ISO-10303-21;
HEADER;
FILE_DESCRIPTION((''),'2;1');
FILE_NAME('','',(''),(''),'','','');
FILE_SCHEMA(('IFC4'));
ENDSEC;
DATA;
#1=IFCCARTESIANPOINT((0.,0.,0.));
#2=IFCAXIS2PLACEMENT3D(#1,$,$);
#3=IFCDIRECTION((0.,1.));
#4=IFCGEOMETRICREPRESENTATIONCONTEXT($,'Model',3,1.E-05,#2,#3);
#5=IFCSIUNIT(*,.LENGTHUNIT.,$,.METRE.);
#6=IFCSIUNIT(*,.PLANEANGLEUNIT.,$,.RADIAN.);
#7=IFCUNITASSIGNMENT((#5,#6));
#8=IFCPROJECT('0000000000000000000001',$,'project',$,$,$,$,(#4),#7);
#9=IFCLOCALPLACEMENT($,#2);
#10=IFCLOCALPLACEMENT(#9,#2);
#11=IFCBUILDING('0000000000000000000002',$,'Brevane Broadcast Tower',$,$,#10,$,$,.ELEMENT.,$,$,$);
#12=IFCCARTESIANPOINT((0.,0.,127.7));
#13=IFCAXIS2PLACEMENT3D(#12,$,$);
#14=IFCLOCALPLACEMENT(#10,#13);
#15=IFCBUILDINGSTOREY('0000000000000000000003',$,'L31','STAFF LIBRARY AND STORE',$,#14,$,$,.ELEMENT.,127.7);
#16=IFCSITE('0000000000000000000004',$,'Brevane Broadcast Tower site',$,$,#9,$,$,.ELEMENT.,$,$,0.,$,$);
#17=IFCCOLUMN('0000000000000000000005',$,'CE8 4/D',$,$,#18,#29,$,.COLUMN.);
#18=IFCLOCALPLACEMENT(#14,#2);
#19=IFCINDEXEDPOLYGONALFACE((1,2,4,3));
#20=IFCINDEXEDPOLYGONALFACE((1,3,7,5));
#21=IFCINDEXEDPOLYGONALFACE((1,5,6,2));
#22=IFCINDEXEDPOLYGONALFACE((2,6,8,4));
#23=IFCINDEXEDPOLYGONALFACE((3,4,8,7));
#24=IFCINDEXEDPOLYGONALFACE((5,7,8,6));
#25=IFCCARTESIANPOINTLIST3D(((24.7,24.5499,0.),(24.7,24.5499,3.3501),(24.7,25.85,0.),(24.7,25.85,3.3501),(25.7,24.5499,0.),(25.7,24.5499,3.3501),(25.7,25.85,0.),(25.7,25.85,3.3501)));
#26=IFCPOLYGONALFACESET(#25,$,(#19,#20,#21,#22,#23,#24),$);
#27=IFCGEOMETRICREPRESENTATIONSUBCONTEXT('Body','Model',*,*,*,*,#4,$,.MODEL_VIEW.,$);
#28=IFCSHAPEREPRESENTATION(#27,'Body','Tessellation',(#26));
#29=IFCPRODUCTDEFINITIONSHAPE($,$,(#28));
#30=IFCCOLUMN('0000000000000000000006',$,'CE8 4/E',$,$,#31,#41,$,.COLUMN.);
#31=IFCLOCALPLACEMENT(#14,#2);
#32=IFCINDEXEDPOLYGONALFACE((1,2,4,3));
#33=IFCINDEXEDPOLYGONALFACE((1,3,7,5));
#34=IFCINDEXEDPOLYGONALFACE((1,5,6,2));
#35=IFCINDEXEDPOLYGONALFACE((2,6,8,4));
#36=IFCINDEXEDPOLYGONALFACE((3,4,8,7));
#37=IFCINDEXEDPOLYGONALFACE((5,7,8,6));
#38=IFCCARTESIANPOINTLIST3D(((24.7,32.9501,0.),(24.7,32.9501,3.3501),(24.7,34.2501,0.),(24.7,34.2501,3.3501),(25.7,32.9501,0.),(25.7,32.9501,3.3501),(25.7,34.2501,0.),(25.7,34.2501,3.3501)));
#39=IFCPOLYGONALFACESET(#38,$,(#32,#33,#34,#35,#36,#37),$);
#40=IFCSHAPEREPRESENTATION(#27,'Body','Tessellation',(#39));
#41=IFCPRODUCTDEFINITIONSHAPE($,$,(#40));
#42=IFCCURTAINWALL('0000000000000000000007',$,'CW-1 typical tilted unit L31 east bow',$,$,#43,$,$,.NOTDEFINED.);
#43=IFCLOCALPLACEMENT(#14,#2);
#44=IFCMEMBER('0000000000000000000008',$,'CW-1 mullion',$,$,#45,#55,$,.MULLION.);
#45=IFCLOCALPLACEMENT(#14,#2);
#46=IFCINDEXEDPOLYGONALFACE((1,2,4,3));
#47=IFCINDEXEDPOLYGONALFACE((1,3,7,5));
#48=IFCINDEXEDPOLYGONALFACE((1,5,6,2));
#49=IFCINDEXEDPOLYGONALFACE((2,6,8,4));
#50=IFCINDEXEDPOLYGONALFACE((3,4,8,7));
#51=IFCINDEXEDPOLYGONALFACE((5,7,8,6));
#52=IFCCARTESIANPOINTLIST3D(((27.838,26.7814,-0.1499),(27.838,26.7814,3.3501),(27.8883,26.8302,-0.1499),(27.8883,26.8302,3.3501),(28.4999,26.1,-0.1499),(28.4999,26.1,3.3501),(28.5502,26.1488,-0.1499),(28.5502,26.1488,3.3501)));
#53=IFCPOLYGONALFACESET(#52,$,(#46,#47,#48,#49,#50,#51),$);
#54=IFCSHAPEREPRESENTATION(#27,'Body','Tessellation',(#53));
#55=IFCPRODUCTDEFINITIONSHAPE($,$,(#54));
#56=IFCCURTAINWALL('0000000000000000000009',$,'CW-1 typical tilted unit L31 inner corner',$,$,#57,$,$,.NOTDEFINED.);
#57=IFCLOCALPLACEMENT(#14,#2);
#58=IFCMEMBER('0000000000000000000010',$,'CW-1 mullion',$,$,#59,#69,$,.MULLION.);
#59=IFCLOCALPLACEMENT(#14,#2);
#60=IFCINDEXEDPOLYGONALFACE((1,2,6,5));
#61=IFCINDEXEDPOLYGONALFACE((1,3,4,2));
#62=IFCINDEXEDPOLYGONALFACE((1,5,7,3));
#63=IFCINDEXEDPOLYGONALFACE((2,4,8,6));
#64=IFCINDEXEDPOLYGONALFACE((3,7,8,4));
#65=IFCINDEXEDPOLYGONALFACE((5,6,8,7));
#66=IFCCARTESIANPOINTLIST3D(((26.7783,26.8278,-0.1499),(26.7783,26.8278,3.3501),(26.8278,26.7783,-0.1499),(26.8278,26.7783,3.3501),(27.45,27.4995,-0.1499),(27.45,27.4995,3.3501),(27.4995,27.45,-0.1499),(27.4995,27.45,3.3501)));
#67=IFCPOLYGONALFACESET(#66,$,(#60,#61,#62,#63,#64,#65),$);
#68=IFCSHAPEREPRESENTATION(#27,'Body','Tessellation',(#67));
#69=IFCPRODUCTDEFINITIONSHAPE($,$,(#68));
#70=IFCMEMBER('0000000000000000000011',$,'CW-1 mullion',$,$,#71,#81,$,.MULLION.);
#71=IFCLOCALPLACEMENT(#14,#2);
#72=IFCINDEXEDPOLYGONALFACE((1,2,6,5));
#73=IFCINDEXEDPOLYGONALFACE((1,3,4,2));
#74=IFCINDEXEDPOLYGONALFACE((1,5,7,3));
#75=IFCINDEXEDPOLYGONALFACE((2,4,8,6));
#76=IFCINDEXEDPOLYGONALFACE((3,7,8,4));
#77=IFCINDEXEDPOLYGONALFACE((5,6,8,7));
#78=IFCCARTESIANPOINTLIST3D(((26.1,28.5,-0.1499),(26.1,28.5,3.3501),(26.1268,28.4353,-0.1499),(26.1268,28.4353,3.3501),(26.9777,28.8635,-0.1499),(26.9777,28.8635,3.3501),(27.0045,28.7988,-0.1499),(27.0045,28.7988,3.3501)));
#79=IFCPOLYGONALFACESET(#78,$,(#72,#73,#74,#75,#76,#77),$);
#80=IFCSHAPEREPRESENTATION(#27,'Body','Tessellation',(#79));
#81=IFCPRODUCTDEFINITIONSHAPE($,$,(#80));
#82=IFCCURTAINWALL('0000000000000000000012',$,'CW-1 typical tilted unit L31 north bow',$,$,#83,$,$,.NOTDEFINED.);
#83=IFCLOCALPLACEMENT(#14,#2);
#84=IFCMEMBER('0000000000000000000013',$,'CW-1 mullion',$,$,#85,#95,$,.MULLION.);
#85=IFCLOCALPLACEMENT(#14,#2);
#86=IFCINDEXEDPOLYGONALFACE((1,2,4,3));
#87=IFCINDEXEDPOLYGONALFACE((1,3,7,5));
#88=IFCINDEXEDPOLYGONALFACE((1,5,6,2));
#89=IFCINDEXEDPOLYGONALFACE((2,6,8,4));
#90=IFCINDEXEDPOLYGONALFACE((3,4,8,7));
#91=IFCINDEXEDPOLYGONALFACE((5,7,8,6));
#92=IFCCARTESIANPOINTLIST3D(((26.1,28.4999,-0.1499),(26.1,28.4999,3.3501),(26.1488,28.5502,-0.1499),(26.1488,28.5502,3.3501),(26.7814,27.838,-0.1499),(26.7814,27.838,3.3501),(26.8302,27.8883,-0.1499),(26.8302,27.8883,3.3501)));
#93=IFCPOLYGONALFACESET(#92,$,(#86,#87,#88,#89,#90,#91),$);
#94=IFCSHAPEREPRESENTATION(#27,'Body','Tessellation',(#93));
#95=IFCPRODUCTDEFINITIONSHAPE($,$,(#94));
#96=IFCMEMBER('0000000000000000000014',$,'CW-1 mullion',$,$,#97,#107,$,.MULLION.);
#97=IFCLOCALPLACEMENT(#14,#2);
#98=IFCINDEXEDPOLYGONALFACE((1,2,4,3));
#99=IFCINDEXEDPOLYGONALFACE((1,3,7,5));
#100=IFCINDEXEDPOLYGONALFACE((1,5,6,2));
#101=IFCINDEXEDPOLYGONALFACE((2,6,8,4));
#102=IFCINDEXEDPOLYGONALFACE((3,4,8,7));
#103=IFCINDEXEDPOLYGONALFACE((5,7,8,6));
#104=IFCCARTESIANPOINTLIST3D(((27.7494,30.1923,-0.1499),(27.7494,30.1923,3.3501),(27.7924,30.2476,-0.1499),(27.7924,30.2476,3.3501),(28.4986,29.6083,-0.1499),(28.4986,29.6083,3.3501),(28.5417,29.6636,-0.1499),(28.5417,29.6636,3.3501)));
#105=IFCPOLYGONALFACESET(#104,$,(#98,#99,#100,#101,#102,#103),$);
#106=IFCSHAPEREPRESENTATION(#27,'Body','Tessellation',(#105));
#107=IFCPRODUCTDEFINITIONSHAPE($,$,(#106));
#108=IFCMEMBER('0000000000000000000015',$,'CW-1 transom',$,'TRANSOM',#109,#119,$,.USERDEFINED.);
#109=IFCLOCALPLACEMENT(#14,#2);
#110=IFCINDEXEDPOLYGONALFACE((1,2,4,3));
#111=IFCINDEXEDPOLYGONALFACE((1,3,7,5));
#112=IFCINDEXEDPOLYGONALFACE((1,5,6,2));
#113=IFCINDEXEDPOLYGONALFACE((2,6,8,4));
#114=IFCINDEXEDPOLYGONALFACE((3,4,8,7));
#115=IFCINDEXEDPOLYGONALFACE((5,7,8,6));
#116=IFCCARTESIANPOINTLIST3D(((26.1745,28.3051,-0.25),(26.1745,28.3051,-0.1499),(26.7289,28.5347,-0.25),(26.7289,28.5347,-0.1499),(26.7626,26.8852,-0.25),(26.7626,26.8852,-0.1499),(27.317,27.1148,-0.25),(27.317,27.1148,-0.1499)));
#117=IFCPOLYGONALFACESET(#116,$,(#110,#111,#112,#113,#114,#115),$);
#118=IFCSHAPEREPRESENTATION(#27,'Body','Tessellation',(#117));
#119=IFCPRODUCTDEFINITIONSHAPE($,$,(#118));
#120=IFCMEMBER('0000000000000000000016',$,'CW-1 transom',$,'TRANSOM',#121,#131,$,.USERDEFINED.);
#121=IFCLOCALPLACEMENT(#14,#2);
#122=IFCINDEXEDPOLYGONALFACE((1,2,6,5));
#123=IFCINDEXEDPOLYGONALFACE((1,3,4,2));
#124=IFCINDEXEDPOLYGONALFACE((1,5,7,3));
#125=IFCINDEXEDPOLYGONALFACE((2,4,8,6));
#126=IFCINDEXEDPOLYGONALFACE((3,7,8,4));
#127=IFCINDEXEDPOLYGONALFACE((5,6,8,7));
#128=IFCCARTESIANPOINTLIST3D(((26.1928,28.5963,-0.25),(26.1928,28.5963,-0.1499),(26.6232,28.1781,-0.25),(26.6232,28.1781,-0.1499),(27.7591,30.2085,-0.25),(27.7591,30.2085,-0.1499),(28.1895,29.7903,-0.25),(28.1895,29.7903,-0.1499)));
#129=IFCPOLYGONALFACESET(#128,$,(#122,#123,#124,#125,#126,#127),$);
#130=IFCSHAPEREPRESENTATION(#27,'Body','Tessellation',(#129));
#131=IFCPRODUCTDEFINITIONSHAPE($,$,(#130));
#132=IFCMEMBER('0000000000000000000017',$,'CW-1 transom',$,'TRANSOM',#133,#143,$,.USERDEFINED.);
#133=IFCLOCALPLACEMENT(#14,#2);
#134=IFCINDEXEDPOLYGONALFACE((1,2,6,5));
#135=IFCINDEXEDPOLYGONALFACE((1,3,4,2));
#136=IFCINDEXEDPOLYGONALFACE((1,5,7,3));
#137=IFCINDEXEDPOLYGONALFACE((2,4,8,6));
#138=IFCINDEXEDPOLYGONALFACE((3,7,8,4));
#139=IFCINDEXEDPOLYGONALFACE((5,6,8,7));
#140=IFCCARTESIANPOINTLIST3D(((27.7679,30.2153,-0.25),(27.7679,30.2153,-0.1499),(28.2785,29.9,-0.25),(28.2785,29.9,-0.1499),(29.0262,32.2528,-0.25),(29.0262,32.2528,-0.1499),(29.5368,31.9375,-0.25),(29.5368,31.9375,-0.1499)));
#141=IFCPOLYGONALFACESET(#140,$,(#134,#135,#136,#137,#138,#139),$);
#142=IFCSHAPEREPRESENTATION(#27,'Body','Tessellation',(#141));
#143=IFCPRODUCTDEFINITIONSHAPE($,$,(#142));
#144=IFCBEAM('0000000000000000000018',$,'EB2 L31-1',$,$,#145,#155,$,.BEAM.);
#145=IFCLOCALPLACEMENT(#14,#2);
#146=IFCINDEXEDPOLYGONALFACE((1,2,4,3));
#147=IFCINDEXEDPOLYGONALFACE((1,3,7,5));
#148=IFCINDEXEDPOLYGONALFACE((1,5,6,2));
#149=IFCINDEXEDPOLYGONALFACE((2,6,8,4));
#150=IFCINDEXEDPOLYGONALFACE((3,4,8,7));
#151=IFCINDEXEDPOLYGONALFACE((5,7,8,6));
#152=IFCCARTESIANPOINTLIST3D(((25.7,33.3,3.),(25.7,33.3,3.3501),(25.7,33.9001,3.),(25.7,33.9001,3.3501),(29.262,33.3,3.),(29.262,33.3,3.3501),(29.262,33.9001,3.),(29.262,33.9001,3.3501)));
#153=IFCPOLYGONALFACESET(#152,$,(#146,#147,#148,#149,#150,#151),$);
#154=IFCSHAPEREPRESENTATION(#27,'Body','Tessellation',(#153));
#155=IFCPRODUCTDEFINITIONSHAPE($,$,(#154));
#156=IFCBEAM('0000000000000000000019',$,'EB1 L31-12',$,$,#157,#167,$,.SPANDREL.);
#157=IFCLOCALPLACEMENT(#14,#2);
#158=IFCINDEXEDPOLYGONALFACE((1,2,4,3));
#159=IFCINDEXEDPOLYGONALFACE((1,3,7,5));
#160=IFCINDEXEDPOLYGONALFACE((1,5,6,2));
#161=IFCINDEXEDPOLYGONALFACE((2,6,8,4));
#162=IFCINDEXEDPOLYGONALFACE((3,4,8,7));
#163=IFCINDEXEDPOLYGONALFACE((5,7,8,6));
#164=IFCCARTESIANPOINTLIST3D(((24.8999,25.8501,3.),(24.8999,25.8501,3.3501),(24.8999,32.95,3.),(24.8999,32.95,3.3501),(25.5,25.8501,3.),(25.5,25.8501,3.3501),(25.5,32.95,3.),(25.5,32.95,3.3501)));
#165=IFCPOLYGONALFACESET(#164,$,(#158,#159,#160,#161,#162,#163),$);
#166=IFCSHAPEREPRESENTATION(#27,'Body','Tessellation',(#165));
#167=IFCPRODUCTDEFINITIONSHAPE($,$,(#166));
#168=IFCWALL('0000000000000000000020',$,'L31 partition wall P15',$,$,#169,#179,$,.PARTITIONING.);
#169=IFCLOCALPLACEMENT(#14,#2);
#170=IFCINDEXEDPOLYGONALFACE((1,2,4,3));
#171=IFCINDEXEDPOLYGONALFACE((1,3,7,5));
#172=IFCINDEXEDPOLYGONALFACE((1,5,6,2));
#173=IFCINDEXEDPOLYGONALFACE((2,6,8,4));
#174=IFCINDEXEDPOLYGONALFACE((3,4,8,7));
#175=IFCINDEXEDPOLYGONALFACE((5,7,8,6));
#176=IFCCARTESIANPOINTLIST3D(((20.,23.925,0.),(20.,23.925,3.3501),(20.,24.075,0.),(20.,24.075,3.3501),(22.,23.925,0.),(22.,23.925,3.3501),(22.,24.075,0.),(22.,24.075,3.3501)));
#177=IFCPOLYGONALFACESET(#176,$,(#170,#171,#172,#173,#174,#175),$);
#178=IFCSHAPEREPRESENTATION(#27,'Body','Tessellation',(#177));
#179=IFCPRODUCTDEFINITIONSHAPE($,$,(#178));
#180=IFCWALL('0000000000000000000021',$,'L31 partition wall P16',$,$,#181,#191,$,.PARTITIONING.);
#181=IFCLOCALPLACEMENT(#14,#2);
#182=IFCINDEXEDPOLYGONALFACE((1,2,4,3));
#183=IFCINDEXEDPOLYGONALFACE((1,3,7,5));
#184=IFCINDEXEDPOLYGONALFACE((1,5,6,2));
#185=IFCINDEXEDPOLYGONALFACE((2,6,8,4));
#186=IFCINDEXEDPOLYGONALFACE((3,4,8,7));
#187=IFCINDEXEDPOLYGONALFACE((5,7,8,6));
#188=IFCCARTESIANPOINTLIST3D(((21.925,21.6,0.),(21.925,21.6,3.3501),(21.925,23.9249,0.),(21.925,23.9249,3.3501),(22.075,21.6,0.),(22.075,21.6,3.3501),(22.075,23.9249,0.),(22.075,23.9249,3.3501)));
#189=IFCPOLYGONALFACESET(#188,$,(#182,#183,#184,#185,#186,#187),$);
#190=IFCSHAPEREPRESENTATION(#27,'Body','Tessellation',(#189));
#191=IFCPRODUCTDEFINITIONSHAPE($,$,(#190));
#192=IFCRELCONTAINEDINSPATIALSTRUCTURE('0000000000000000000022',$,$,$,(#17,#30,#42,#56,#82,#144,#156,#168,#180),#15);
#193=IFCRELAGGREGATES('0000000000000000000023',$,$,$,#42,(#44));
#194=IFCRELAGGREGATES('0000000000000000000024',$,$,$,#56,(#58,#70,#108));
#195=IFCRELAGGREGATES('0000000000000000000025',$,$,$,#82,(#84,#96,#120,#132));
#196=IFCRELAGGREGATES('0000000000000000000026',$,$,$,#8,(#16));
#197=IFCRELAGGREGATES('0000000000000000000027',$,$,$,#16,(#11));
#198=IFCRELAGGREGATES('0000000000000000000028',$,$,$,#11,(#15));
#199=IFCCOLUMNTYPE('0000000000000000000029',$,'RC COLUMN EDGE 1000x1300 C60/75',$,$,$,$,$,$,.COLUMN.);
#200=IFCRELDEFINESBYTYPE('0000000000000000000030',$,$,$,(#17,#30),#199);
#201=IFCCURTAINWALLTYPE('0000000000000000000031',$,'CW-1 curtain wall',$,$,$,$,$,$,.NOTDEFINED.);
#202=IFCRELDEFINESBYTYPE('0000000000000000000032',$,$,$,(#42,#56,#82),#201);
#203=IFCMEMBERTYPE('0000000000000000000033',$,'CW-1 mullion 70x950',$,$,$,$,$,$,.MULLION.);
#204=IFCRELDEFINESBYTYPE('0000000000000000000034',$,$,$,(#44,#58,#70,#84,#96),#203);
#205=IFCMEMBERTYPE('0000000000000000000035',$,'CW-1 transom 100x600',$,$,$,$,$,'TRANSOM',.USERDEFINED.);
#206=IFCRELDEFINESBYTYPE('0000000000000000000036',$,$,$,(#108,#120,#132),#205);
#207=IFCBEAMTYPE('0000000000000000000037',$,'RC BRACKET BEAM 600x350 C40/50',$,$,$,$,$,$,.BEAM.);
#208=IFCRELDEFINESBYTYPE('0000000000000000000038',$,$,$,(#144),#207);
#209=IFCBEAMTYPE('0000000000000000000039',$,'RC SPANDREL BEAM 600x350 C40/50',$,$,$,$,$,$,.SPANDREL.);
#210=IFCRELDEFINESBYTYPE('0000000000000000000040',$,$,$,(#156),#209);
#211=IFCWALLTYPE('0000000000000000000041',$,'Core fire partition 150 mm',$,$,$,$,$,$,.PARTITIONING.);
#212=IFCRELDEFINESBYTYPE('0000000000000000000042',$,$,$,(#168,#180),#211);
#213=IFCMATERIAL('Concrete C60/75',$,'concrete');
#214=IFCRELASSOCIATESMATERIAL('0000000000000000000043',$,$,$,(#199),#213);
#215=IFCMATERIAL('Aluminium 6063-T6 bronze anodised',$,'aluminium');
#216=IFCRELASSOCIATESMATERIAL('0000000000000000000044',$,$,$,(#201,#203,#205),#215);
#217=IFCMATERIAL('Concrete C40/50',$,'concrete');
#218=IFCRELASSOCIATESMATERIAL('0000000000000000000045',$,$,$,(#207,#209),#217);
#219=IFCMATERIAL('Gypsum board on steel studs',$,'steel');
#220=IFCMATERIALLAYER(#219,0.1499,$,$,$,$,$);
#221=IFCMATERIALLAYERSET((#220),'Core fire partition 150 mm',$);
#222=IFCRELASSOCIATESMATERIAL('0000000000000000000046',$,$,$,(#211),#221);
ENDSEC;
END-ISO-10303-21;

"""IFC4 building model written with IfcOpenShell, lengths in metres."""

from ifc_helpers import new_model, si_unit, direction, frame, frame_2d, origin, origin_2d, place, context, subcontext, project, spatial, rectangle, extrude, material, layer, layer_set, material_profile, profile_set, type_object, element, aggregate, save


model = new_model("IFC4")

# Units and contexts
model_context = context("Model", 3, precision=1e-05, world=origin(), true_north=direction((0.0, 1.0)))
body_context = subcontext(model_context, "Body", "Model", "MODEL_VIEW")
ifc_project = project(units=[si_unit("LENGTHUNIT", "METRE"), si_unit("PLANEANGLEUNIT", "RADIAN")], contexts=[model_context])

# Site, building, storey
site_placement = place(None, origin())
site = spatial("IfcSite", under=ifc_project, at=site_placement, Name="Brevane Broadcast Tower site", CompositionType="ELEMENT", RefElevation=0.0)
building_placement = place(site_placement, origin())
building = spatial("IfcBuilding", under=site, at=building_placement, Name="Brevane Broadcast Tower", CompositionType="ELEMENT")
storey_placement = place(building_placement, frame((0.0, 0.0, 127.7)))
storey = spatial("IfcBuildingStorey", under=building, at=storey_placement, Name="L31", Description="STAFF LIBRARY AND STORE", CompositionType="ELEMENT", Elevation=127.7)

# Columns
ifc_material_1 = material(Name="Concrete C60/75", Category="concrete")
ifc_material_profile_1 = material_profile(ifc_material_1, rectangle(XDim=1.0, YDim=1.3, at=origin_2d()), Name="RC 1000x1300")
ifc_profile_set_1 = profile_set([ifc_material_profile_1], Name="Concrete C60/75")
column_type = type_object("IfcColumnType", Name="RC COLUMN EDGE 1000x1300 C60/75", PredefinedType="COLUMN", material=ifc_profile_set_1)
for number, where, z_axis, x_axis, name in (
    (1, (25.2, 25.2, 0.0), (0.0, 0.0, 1.0), (1.0, 0.0, 0.0), "CE8 4/D"),
    (2, (25.2, 33.6001, 0.0), (0.0, 0.0, 1.0), (1.0, 0.0, 0.0), "CE8 4/E"),
):
    element("IfcColumn", number, at=place(storey_placement, frame(where, z_axis=z_axis, x_axis=x_axis)), inside=storey, type_object=column_type, Name=name, PredefinedType="COLUMN", context=body_context, shape_type="SweptSolid", body=[
        extrude(rectangle(XDim=1.0, YDim=1.3, at=origin_2d()), origin(), (0.0, 0.0, 1.0), 3.3501),
    ])

# Curtain wall, member
ifc_material_2 = material(Name="Aluminium 6063-T6 bronze anodised", Category="aluminium")
curtain_wall_type = type_object("IfcCurtainWallType", Name="CW-1 curtain wall", PredefinedType="NOTDEFINED", material=ifc_material_2)
curtain_wall_1_placement = place(storey_placement, origin())
curtain_wall_1 = element("IfcCurtainWall", 3, at=curtain_wall_1_placement, inside=storey, type_object=curtain_wall_type, Name="CW-1 typical tilted unit L31 east bow", PredefinedType="NOTDEFINED")
ifc_material_profile_2 = material_profile(ifc_material_2, rectangle(XDim=0.95, YDim=0.0701, at=origin_2d()), Name="RECT 70x950")
ifc_profile_set_2 = profile_set([ifc_material_profile_2], Name="Aluminium 6063-T6 bronze anodised")
member_type_1 = type_object("IfcMemberType", Name="CW-1 mullion 70x950", PredefinedType="MULLION", material=ifc_profile_set_2)
member_1_placement = place(storey_placement, frame((28.1941, 26.4651, -0.1499), z_axis=(0.0, 0.0, 1.0), x_axis=(0.696812, -0.717254, 0.0)))
member_1 = element("IfcMember", 4, at=member_1_placement, type_object=member_type_1, Name="CW-1 mullion", PredefinedType="MULLION", context=body_context, shape_type="SweptSolid", body=[
    extrude(rectangle(XDim=0.95, YDim=0.0701, at=origin_2d()), origin(), (0.0, 0.0, 1.0), 3.5),
])
aggregate(curtain_wall_1, [member_1])

# Curtain walls, members
curtain_wall_2_placement = place(storey_placement, origin())
curtain_wall_2 = element("IfcCurtainWall", 5, at=curtain_wall_2_placement, inside=storey, type_object=curtain_wall_type, Name="CW-1 typical tilted unit L31 inner corner", PredefinedType="NOTDEFINED")
member_2_placement = place(storey_placement, frame((27.1389, 27.1389, -0.1499), z_axis=(0.0, 0.0, 1.0), x_axis=(-0.707107, -0.707107, 0.0)))
member_2 = element("IfcMember", 6, at=member_2_placement, type_object=member_type_1, Name="CW-1 mullion", PredefinedType="MULLION", context=body_context, shape_type="SweptSolid", body=[
    extrude(rectangle(XDim=0.95, YDim=0.0701, at=origin_2d()), origin(), (0.0, 0.0, 1.0), 3.5),
])
member_3_placement = place(storey_placement, frame((26.5522, 28.6494, -0.1499), z_axis=(0.0, 0.0, 1.0), x_axis=(-0.923879, -0.382684, 0.0)))
member_3 = element("IfcMember", 7, at=member_3_placement, type_object=member_type_1, Name="CW-1 mullion", PredefinedType="MULLION", context=body_context, shape_type="SweptSolid", body=[
    extrude(rectangle(XDim=0.95, YDim=0.0701, at=origin_2d()), origin(), (0.0, 0.0, 1.0), 3.5),
])
curtain_wall_3_placement = place(storey_placement, origin())
curtain_wall_3 = element("IfcCurtainWall", 8, at=curtain_wall_3_placement, inside=storey, type_object=curtain_wall_type, Name="CW-1 typical tilted unit L31 north bow", PredefinedType="NOTDEFINED")
member_4_placement = place(storey_placement, frame((26.4651, 28.1941, -0.1499), z_axis=(0.0, 0.0, 1.0), x_axis=(-0.717254, 0.696812, 0.0)))
member_4 = element("IfcMember", 9, at=member_4_placement, type_object=member_type_1, Name="CW-1 mullion", PredefinedType="MULLION", context=body_context, shape_type="SweptSolid", body=[
    extrude(rectangle(XDim=0.95, YDim=0.0701, at=origin_2d()), origin(), (0.0, 0.0, 1.0), 3.5),
])
member_5_placement = place(storey_placement, frame((28.1455, 29.928, -0.1499), z_axis=(0.0, 0.0, 1.0), x_axis=(-0.788707, 0.61477, 0.0)))
member_5 = element("IfcMember", 10, at=member_5_placement, type_object=member_type_1, Name="CW-1 mullion", PredefinedType="MULLION", context=body_context, shape_type="SweptSolid", body=[
    extrude(rectangle(XDim=0.95, YDim=0.0701, at=origin_2d()), origin(), (0.0, 0.0, 1.0), 3.5),
])

# Members
ifc_material_profile_3 = material_profile(ifc_material_2, rectangle(XDim=0.6001, YDim=0.1001, at=origin_2d()), Name="RECT 100x600")
ifc_profile_set_3 = profile_set([ifc_material_profile_3], Name="Aluminium 6063-T6 bronze anodised")
member_type_2 = type_object("IfcMemberType", Name="CW-1 transom 100x600", ElementType="TRANSOM", PredefinedType="USERDEFINED", material=ifc_profile_set_3)
member_6_placement = place(storey_placement, frame((27.0398, 27.0, -0.2), z_axis=(-0.382674, 0.923883, 0.0), x_axis=(-0.923883, -0.382674, 0.0)))
member_6 = element("IfcMember", 11, at=member_6_placement, type_object=member_type_2, Name="CW-1 transom", ObjectType="TRANSOM", PredefinedType="USERDEFINED", context=body_context, shape_type="SweptSolid", body=[
    extrude(rectangle(XDim=0.6001, YDim=0.1001, at=origin_2d()), origin(), (0.0, 0.0, 1.0), 1.5369),
])
aggregate(curtain_wall_2, [member_2, member_3, member_6])
member_7_placement = place(storey_placement, frame((26.408, 28.3872, -0.2), z_axis=(0.696824, 0.717242, 0.0), x_axis=(-0.717242, 0.696824, 0.0)))
member_7 = element("IfcMember", 12, at=member_7_placement, type_object=member_type_2, Name="CW-1 transom", ObjectType="TRANSOM", PredefinedType="USERDEFINED", context=body_context, shape_type="SweptSolid", body=[
    extrude(rectangle(XDim=0.6001, YDim=0.1001, at=origin_2d()), origin(), (0.0, 0.0, 1.0), 2.2478),
])
member_8_placement = place(storey_placement, frame((28.0232, 30.0576, -0.2), z_axis=(0.525428, 0.850838, 0.0), x_axis=(-0.850838, 0.525428, 0.0)))
member_8 = element("IfcMember", 13, at=member_8_placement, type_object=member_type_2, Name="CW-1 transom", ObjectType="TRANSOM", PredefinedType="USERDEFINED", context=body_context, shape_type="SweptSolid", body=[
    extrude(rectangle(XDim=0.6001, YDim=0.1001, at=origin_2d()), origin(), (0.0, 0.0, 1.0), 2.3948),
])
aggregate(curtain_wall_3, [member_4, member_5, member_7, member_8])

# Beams
ifc_material_3 = material(Name="Concrete C40/50", Category="concrete")
ifc_material_profile_4 = material_profile(ifc_material_3, rectangle(XDim=0.6001, YDim=0.3501, at=origin_2d()), Name="RC 600x350")
ifc_profile_set_4 = profile_set([ifc_material_profile_4], Name="Concrete C40/50")
beam_type_1 = type_object("IfcBeamType", Name="RC BRACKET BEAM 600x350 C40/50", PredefinedType="BEAM", material=ifc_profile_set_4)
beam_1_placement = place(storey_placement, frame((25.7, 33.6001, 3.175), z_axis=(1.0, 0.0, 0.0), x_axis=(0.0, 1.0, 0.0)))
element("IfcBeam", 14, at=beam_1_placement, inside=storey, type_object=beam_type_1, Name="EB2 L31-1", PredefinedType="BEAM", context=body_context, shape_type="SweptSolid", body=[
    extrude(rectangle(XDim=0.6001, YDim=0.3501, at=origin_2d()), origin(), (0.0, 0.0, 1.0), 3.562),
])
ifc_material_profile_5 = material_profile(ifc_material_3, rectangle(XDim=0.6001, YDim=0.3501, at=origin_2d()), Name="RC 600x350")
ifc_profile_set_5 = profile_set([ifc_material_profile_5], Name="Concrete C40/50")
beam_type_2 = type_object("IfcBeamType", Name="RC SPANDREL BEAM 600x350 C40/50", PredefinedType="SPANDREL", material=ifc_profile_set_5)
beam_2_placement = place(storey_placement, frame((25.2, 25.8501, 3.175), z_axis=(0.0, 1.0, 0.0), x_axis=(-1.0, 0.0, 0.0)))
element("IfcBeam", 15, at=beam_2_placement, inside=storey, type_object=beam_type_2, Name="EB1 L31-12", PredefinedType="SPANDREL", context=body_context, shape_type="SweptSolid", body=[
    extrude(rectangle(XDim=0.6001, YDim=0.3501, at=origin_2d()), origin(), (0.0, 0.0, 1.0), 7.0999),
])

# Walls
ifc_material_4 = material(Name="Gypsum board on steel studs", Category="steel")
ifc_layer_1 = layer(ifc_material_4, 0.1499)
ifc_layer_set_1 = layer_set([ifc_layer_1], Name="Core fire partition 150 mm")
wall_type_1 = type_object("IfcWallType", Name="Core fire partition 150 mm", PredefinedType="PARTITIONING", material=ifc_layer_set_1)
wall_1_placement = place(storey_placement, frame((20.0, 24.0, 0.0), z_axis=(0.0, 0.0, 1.0), x_axis=(1.0, 0.0, 0.0)))
element("IfcWall", 16, at=wall_1_placement, inside=storey, type_object=wall_type_1, Name="L31 partition wall P15", PredefinedType="PARTITIONING", context=body_context, shape_type="SweptSolid", body=[
    extrude(rectangle(XDim=2.0, YDim=0.1499, at=frame_2d((1.0, 0.0))), origin(), (0.0, 0.0, 1.0), 3.3501),
])
wall_2_placement = place(storey_placement, frame((22.0, 23.925, 0.0), z_axis=(0.0, 0.0, 1.0), x_axis=(0.0, -1.0, 0.0)))
element("IfcWall", 17, at=wall_2_placement, inside=storey, type_object=wall_type_1, Name="L31 partition wall P16", PredefinedType="PARTITIONING", context=body_context, shape_type="SweptSolid", body=[
    extrude(rectangle(XDim=2.325, YDim=0.1499, at=frame_2d((1.1626, 0.0))), origin(), (0.0, 0.0, 1.0), 3.3501),
])

save(model, "model.ifc")
